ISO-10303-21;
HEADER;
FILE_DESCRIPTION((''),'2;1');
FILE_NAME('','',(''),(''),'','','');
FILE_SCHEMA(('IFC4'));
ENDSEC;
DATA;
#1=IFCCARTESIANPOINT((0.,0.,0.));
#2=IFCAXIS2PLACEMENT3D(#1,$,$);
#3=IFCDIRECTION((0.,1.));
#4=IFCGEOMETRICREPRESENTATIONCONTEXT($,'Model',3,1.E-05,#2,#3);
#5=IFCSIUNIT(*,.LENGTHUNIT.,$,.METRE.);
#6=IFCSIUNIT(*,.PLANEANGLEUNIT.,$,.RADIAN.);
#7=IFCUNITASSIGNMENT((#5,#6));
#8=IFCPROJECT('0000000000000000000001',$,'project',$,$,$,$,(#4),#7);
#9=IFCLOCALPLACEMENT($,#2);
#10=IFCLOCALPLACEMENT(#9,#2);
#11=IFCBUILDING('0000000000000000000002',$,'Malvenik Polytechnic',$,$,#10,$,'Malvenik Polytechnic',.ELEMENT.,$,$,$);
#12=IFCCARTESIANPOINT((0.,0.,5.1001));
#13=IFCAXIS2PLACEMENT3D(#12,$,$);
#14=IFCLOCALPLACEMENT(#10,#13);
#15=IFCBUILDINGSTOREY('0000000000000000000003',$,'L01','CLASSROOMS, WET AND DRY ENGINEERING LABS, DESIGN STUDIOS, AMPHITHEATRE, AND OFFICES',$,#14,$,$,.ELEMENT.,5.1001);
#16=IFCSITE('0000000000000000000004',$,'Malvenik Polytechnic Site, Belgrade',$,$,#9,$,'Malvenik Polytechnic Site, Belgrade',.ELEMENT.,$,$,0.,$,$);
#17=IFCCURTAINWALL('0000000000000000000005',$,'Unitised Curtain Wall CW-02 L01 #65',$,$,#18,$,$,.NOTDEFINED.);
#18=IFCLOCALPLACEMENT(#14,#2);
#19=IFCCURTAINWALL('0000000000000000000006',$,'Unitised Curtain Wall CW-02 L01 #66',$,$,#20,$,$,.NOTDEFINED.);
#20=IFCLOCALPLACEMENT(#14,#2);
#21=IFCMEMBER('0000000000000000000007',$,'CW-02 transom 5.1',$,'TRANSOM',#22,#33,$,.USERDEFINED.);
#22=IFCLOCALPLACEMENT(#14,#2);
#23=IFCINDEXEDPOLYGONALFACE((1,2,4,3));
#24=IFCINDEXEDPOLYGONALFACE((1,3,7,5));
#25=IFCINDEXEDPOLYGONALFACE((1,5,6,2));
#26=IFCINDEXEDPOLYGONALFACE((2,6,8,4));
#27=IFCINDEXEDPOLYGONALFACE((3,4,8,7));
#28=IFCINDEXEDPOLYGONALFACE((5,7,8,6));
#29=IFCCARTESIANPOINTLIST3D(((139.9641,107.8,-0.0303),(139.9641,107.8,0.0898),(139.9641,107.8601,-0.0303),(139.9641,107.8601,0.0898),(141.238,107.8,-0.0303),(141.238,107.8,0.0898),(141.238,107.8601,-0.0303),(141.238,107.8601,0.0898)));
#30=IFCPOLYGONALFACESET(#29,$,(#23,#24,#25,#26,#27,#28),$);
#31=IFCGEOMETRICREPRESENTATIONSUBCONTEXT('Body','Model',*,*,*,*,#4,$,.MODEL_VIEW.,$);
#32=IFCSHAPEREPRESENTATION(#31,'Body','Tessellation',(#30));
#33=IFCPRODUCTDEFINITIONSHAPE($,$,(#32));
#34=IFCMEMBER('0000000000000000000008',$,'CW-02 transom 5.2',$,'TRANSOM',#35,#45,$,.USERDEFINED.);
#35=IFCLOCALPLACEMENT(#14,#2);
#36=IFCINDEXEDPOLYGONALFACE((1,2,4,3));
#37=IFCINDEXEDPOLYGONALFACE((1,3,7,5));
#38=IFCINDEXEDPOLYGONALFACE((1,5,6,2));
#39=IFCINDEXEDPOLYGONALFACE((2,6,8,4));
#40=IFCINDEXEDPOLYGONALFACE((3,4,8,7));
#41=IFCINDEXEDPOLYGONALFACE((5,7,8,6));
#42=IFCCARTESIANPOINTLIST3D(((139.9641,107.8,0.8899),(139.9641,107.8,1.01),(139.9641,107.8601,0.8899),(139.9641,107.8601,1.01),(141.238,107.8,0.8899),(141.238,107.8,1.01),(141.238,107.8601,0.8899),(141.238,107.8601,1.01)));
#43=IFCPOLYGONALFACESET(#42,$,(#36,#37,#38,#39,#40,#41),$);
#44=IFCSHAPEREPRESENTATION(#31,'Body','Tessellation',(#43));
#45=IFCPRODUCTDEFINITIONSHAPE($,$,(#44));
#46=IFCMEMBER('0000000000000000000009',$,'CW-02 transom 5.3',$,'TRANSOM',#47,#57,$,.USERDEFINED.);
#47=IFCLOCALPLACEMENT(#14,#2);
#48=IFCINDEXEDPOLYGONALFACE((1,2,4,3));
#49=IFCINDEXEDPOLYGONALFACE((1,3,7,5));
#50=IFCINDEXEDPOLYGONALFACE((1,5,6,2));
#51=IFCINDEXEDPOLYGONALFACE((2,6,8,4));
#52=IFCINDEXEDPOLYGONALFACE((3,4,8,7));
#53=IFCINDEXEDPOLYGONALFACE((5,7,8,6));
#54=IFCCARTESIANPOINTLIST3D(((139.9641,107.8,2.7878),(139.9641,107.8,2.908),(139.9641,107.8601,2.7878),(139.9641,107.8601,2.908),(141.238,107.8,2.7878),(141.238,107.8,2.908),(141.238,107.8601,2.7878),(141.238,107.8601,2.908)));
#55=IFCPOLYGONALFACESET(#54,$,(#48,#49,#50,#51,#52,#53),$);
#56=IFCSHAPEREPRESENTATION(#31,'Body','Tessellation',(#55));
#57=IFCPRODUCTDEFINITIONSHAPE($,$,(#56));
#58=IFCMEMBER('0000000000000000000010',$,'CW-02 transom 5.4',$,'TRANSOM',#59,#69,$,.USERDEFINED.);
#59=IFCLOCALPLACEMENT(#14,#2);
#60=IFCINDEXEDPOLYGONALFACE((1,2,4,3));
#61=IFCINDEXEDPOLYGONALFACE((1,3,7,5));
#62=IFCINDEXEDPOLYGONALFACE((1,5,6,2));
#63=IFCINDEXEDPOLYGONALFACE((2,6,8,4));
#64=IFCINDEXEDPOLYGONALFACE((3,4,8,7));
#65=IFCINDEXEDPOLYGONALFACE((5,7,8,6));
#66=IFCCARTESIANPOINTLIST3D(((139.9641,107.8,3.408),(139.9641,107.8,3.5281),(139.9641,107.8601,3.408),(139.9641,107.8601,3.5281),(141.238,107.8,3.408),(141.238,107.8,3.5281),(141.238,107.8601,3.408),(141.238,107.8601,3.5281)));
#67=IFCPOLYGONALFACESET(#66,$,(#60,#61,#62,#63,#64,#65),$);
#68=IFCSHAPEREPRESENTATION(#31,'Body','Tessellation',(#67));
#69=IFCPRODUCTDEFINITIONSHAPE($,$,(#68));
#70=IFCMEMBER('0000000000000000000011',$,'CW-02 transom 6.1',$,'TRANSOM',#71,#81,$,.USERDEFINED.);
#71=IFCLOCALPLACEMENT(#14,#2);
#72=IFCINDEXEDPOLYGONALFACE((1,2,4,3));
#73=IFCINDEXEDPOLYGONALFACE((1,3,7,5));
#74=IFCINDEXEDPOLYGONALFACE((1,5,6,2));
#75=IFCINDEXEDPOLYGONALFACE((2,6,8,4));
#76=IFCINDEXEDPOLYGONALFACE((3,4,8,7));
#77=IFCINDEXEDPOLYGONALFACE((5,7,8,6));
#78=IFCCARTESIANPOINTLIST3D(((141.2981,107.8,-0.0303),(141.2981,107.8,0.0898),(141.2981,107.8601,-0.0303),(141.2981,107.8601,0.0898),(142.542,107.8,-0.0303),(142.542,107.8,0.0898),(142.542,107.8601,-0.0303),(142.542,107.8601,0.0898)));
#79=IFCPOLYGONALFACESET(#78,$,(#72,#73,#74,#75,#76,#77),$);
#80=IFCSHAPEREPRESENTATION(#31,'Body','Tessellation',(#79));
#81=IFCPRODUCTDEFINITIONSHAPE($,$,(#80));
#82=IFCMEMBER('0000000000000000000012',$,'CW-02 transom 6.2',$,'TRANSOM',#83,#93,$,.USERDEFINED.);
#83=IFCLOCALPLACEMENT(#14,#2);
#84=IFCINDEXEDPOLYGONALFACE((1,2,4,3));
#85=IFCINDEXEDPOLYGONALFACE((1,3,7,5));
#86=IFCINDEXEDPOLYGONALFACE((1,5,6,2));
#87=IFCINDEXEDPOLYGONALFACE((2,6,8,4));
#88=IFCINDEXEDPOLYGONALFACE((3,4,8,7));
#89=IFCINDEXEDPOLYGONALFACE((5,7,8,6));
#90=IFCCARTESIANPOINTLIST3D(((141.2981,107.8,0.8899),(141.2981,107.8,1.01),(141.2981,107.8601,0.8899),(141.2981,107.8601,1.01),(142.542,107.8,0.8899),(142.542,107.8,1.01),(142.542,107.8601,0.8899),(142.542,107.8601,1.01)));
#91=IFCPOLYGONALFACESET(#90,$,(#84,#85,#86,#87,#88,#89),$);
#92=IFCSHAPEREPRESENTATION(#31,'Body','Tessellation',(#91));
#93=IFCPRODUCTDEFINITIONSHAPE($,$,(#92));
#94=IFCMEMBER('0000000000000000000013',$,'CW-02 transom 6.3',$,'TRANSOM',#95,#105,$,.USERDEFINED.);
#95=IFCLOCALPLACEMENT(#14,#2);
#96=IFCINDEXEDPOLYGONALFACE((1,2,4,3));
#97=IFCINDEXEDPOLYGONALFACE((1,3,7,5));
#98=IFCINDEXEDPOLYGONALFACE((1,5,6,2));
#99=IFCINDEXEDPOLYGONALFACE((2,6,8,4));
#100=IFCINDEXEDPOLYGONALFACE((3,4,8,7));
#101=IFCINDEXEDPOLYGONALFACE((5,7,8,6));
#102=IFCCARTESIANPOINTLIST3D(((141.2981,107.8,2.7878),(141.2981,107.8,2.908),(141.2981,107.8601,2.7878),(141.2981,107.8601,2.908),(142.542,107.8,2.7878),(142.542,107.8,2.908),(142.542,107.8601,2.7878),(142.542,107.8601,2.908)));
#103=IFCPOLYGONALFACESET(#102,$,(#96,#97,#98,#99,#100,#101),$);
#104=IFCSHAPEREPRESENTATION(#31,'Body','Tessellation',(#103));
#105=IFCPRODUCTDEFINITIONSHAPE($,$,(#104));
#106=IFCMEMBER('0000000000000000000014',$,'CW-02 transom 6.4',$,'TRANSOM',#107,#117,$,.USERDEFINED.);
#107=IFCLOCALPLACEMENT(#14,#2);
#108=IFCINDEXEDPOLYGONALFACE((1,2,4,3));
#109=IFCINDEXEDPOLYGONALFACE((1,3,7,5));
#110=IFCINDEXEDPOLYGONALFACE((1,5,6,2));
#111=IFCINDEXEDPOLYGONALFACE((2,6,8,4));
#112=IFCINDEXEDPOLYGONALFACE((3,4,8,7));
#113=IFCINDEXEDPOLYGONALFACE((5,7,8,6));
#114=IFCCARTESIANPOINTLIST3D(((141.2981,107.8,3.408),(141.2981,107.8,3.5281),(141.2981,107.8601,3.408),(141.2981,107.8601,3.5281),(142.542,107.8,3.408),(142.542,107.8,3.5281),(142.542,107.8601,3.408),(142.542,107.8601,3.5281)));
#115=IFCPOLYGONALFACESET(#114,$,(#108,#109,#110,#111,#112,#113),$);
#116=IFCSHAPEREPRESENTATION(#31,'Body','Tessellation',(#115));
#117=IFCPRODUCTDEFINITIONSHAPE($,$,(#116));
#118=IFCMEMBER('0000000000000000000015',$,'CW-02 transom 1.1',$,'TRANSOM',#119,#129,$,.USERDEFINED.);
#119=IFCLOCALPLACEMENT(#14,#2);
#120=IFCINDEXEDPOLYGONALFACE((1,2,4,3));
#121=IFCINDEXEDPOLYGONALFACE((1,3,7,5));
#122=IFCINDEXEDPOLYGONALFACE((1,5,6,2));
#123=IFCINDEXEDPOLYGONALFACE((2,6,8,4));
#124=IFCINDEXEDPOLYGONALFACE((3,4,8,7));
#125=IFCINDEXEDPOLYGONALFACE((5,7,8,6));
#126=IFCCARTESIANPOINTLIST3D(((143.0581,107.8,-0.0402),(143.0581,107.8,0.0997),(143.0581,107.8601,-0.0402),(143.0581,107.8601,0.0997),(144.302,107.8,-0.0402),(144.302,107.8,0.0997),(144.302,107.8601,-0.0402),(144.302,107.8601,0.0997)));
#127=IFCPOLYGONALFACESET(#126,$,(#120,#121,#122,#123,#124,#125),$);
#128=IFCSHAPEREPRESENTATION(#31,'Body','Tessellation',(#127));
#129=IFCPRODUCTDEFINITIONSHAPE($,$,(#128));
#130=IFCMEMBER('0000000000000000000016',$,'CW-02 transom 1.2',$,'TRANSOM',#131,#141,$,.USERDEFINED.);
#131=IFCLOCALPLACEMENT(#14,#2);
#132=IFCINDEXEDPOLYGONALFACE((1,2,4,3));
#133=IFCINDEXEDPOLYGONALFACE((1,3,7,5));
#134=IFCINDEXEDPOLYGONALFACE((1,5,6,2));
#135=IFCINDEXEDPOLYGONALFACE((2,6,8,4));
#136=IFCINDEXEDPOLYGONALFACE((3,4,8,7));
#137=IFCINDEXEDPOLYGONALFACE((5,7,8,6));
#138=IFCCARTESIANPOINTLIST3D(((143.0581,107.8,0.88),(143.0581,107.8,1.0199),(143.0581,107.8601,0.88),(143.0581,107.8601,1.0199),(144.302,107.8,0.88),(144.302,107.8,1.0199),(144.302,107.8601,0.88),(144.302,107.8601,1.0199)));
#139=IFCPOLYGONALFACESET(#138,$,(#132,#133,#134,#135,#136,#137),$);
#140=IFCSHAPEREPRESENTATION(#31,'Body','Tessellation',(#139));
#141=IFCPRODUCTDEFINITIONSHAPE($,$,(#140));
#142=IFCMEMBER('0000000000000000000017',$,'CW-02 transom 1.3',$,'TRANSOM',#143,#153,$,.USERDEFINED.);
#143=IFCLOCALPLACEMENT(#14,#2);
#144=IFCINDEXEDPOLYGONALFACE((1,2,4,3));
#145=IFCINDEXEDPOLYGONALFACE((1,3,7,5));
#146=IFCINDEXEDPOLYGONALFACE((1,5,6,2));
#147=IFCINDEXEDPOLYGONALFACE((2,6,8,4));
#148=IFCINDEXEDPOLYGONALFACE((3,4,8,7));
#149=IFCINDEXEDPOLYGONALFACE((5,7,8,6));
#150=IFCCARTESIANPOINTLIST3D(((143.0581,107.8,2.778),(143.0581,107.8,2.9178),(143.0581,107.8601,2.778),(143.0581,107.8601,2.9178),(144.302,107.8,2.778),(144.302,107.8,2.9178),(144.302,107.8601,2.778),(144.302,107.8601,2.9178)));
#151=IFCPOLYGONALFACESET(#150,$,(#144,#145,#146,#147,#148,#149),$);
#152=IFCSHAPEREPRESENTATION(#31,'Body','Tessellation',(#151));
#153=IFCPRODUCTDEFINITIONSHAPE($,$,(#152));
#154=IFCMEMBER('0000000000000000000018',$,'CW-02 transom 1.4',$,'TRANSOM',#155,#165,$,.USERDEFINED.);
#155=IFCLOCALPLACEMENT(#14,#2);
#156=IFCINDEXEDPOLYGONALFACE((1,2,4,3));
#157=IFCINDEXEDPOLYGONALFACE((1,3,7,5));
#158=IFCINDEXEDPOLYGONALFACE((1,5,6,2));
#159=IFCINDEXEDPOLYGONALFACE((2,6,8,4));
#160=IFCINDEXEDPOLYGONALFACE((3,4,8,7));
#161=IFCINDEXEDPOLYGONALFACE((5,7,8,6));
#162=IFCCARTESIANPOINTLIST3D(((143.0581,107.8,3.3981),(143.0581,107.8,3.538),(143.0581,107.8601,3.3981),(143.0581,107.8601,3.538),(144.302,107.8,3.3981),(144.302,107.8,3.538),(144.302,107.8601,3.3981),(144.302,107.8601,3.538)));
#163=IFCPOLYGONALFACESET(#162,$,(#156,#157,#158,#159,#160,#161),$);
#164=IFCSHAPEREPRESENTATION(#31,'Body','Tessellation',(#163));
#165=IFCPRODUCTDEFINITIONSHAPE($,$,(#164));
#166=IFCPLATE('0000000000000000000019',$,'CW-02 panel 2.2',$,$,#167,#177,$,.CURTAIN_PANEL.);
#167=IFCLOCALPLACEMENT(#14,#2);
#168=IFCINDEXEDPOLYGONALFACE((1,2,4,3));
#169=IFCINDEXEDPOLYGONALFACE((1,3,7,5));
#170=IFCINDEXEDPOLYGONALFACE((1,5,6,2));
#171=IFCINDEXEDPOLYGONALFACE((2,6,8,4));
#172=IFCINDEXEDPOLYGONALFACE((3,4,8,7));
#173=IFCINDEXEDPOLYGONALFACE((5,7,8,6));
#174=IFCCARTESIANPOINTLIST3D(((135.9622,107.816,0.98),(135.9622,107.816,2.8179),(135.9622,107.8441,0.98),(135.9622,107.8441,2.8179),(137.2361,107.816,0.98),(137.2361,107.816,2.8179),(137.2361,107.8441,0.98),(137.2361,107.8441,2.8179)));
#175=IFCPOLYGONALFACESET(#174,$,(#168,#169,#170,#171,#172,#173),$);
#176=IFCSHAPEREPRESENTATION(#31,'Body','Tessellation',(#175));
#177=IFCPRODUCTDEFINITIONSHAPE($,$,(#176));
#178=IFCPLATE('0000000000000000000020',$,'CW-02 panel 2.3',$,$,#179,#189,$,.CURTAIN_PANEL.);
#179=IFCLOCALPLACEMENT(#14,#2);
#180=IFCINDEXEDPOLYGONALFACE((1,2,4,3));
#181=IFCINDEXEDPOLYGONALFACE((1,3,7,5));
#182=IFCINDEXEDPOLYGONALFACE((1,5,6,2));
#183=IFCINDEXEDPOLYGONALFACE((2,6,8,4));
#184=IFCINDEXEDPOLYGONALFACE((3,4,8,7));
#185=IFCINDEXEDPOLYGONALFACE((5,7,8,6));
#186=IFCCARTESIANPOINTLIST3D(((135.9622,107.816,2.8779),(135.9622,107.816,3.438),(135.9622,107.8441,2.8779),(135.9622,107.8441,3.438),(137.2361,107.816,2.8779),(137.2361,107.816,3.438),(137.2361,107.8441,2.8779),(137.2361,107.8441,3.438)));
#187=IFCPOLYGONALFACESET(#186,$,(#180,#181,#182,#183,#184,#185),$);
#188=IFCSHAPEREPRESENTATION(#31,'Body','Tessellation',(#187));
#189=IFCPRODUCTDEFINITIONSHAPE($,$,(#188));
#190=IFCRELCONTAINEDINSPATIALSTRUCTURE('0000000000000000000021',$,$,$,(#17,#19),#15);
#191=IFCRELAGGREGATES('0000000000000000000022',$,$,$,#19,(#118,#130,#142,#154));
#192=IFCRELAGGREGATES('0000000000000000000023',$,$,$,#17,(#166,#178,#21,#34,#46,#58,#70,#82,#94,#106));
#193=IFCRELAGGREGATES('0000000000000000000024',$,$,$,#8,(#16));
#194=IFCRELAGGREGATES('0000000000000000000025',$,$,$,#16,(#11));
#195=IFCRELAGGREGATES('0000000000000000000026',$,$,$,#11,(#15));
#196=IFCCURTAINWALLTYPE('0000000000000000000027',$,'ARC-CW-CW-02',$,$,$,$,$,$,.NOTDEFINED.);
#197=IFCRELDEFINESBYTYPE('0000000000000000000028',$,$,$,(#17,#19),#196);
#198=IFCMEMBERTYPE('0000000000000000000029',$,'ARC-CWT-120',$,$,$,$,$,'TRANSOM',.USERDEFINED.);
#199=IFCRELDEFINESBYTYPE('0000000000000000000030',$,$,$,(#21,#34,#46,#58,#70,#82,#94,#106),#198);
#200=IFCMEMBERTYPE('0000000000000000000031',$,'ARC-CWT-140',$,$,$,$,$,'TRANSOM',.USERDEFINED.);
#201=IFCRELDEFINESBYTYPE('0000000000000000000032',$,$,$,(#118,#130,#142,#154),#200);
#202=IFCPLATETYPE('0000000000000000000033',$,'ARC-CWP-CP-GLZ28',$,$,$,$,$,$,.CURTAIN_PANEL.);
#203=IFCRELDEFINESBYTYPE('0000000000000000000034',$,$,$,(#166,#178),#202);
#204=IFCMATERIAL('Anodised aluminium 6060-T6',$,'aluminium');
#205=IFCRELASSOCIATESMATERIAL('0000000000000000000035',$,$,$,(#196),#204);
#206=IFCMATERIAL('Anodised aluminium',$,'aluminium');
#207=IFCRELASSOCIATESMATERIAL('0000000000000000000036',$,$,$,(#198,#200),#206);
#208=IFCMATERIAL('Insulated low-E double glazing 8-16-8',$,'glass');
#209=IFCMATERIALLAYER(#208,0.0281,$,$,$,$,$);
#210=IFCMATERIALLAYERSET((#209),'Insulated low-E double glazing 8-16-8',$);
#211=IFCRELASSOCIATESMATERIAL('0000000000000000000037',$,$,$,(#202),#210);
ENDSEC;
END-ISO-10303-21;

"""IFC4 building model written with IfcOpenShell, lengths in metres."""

from ifc_helpers import new_model, si_unit, direction, frame, origin, origin_2d, place, context, subcontext, project, spatial, rectangle, extrude, material, layer, layer_set, material_profile, profile_set, type_object, element, aggregate, save


model = new_model("IFC4")

# Units and contexts
model_context = context("Model", 3, precision=1e-05, world=origin(), true_north=direction((0.0, 1.0)))
body_context = subcontext(model_context, "Body", "Model", "MODEL_VIEW")
ifc_project = project(units=[si_unit("LENGTHUNIT", "METRE"), si_unit("PLANEANGLEUNIT", "RADIAN")], contexts=[model_context])

# Site, building, storey
site_placement = place(None, origin())
site = spatial("IfcSite", under=ifc_project, at=site_placement, Name="Malvenik Polytechnic Site, Belgrade", LongName="Malvenik Polytechnic Site, Belgrade", CompositionType="ELEMENT", RefElevation=0.0)
building_placement = place(site_placement, origin())
building = spatial("IfcBuilding", under=site, at=building_placement, Name="Malvenik Polytechnic", LongName="Malvenik Polytechnic", CompositionType="ELEMENT")
storey_placement = place(building_placement, frame((0.0, 0.0, 5.1001)))
storey = spatial("IfcBuildingStorey", under=building, at=storey_placement, Name="L01", Description="CLASSROOMS, WET AND DRY ENGINEERING LABS, DESIGN STUDIOS, AMPHITHEATRE, AND OFFICES", CompositionType="ELEMENT", Elevation=5.1001)

# Curtain wall
ifc_material_1 = material(Name="Anodised aluminium 6060-T6", Category="aluminium")
curtain_wall_type = type_object("IfcCurtainWallType", Name="ARC-CW-CW-02", PredefinedType="NOTDEFINED", material=ifc_material_1)
curtain_wall_1_placement = place(storey_placement, origin())
curtain_wall_1 = element("IfcCurtainWall", 1, at=curtain_wall_1_placement, inside=storey, type_object=curtain_wall_type, Name="Unitised Curtain Wall CW-02 L01 #65", PredefinedType="NOTDEFINED")
ifc_material_2 = material(Name="Anodised aluminium", Category="aluminium")

# Curtain wall
curtain_wall_2_placement = place(storey_placement, origin())
curtain_wall_2 = element("IfcCurtainWall", 2, at=curtain_wall_2_placement, inside=storey, type_object=curtain_wall_type, Name="Unitised Curtain Wall CW-02 L01 #66", PredefinedType="NOTDEFINED")

# Members
ifc_material_profile_1 = material_profile(ifc_material_2, rectangle(XDim=0.0601, YDim=0.1201, at=origin_2d()), Name="ALU TRANSOM 60x120")
ifc_profile_set_1 = profile_set([ifc_material_profile_1], Name="Anodised aluminium")
member_type_1 = type_object("IfcMemberType", Name="ARC-CWT-120", ElementType="TRANSOM", PredefinedType="USERDEFINED", material=ifc_profile_set_1)
member_1_placement = place(storey_placement, frame((139.9641, 107.8301, 0.0298), z_axis=(1.0, 0.0, 0.0), x_axis=(0.0, 1.0, 0.0)))
member_1 = element("IfcMember", 3, at=member_1_placement, type_object=member_type_1, Name="CW-02 transom 5.1", ObjectType="TRANSOM", PredefinedType="USERDEFINED", context=body_context, shape_type="SweptSolid", body=[
    extrude(rectangle(XDim=0.0601, YDim=0.1201, at=origin_2d()), origin(), (0.0, 0.0, 1.0), 1.2739),
])
member_2_placement = place(storey_placement, frame((139.9641, 107.8301, 0.95), z_axis=(1.0, 0.0, 0.0), x_axis=(0.0, 1.0, 0.0)))
member_2 = element("IfcMember", 4, at=member_2_placement, type_object=member_type_1, Name="CW-02 transom 5.2", ObjectType="TRANSOM", PredefinedType="USERDEFINED", context=body_context, shape_type="SweptSolid", body=[
    extrude(rectangle(XDim=0.0601, YDim=0.1201, at=origin_2d()), origin(), (0.0, 0.0, 1.0), 1.2739),
])
member_3_placement = place(storey_placement, frame((139.9641, 107.8301, 2.8479), z_axis=(1.0, 0.0, 0.0), x_axis=(0.0, 1.0, 0.0)))
member_3 = element("IfcMember", 5, at=member_3_placement, type_object=member_type_1, Name="CW-02 transom 5.3", ObjectType="TRANSOM", PredefinedType="USERDEFINED", context=body_context, shape_type="SweptSolid", body=[
    extrude(rectangle(XDim=0.0601, YDim=0.1201, at=origin_2d()), origin(), (0.0, 0.0, 1.0), 1.2739),
])
member_4_placement = place(storey_placement, frame((139.9641, 107.8301, 3.468), z_axis=(1.0, 0.0, 0.0), x_axis=(0.0, 1.0, 0.0)))
member_4 = element("IfcMember", 6, at=member_4_placement, type_object=member_type_1, Name="CW-02 transom 5.4", ObjectType="TRANSOM", PredefinedType="USERDEFINED", context=body_context, shape_type="SweptSolid", body=[
    extrude(rectangle(XDim=0.0601, YDim=0.1201, at=origin_2d()), origin(), (0.0, 0.0, 1.0), 1.2739),
])
member_5_placement = place(storey_placement, frame((141.2981, 107.8301, 0.0298), z_axis=(1.0, 0.0, 0.0), x_axis=(0.0, 1.0, 0.0)))
member_5 = element("IfcMember", 7, at=member_5_placement, type_object=member_type_1, Name="CW-02 transom 6.1", ObjectType="TRANSOM", PredefinedType="USERDEFINED", context=body_context, shape_type="SweptSolid", body=[
    extrude(rectangle(XDim=0.0601, YDim=0.1201, at=origin_2d()), origin(), (0.0, 0.0, 1.0), 1.2439),
])
member_6_placement = place(storey_placement, frame((141.2981, 107.8301, 0.95), z_axis=(1.0, 0.0, 0.0), x_axis=(0.0, 1.0, 0.0)))
member_6 = element("IfcMember", 8, at=member_6_placement, type_object=member_type_1, Name="CW-02 transom 6.2", ObjectType="TRANSOM", PredefinedType="USERDEFINED", context=body_context, shape_type="SweptSolid", body=[
    extrude(rectangle(XDim=0.0601, YDim=0.1201, at=origin_2d()), origin(), (0.0, 0.0, 1.0), 1.2439),
])
member_7_placement = place(storey_placement, frame((141.2981, 107.8301, 2.8479), z_axis=(1.0, 0.0, 0.0), x_axis=(0.0, 1.0, 0.0)))
member_7 = element("IfcMember", 9, at=member_7_placement, type_object=member_type_1, Name="CW-02 transom 6.3", ObjectType="TRANSOM", PredefinedType="USERDEFINED", context=body_context, shape_type="SweptSolid", body=[
    extrude(rectangle(XDim=0.0601, YDim=0.1201, at=origin_2d()), origin(), (0.0, 0.0, 1.0), 1.2439),
])
member_8_placement = place(storey_placement, frame((141.2981, 107.8301, 3.468), z_axis=(1.0, 0.0, 0.0), x_axis=(0.0, 1.0, 0.0)))
member_8 = element("IfcMember", 10, at=member_8_placement, type_object=member_type_1, Name="CW-02 transom 6.4", ObjectType="TRANSOM", PredefinedType="USERDEFINED", context=body_context, shape_type="SweptSolid", body=[
    extrude(rectangle(XDim=0.0601, YDim=0.1201, at=origin_2d()), origin(), (0.0, 0.0, 1.0), 1.2439),
])
ifc_material_profile_2 = material_profile(ifc_material_2, rectangle(XDim=0.0601, YDim=0.1399, at=origin_2d()), Name="ALU TRANSOM 60x140")
ifc_profile_set_2 = profile_set([ifc_material_profile_2], Name="Anodised aluminium")
member_type_2 = type_object("IfcMemberType", Name="ARC-CWT-140", ElementType="TRANSOM", PredefinedType="USERDEFINED", material=ifc_profile_set_2)
member_9_placement = place(storey_placement, frame((143.0581, 107.8301, 0.0298), z_axis=(1.0, 0.0, 0.0), x_axis=(0.0, 1.0, 0.0)))
member_9 = element("IfcMember", 11, at=member_9_placement, type_object=member_type_2, Name="CW-02 transom 1.1", ObjectType="TRANSOM", PredefinedType="USERDEFINED", context=body_context, shape_type="SweptSolid", body=[
    extrude(rectangle(XDim=0.0601, YDim=0.1399, at=origin_2d()), origin(), (0.0, 0.0, 1.0), 1.2439),
])
member_10_placement = place(storey_placement, frame((143.0581, 107.8301, 0.95), z_axis=(1.0, 0.0, 0.0), x_axis=(0.0, 1.0, 0.0)))
member_10 = element("IfcMember", 12, at=member_10_placement, type_object=member_type_2, Name="CW-02 transom 1.2", ObjectType="TRANSOM", PredefinedType="USERDEFINED", context=body_context, shape_type="SweptSolid", body=[
    extrude(rectangle(XDim=0.0601, YDim=0.1399, at=origin_2d()), origin(), (0.0, 0.0, 1.0), 1.2439),
])
member_11_placement = place(storey_placement, frame((143.0581, 107.8301, 2.8479), z_axis=(1.0, 0.0, 0.0), x_axis=(0.0, 1.0, 0.0)))
member_11 = element("IfcMember", 13, at=member_11_placement, type_object=member_type_2, Name="CW-02 transom 1.3", ObjectType="TRANSOM", PredefinedType="USERDEFINED", context=body_context, shape_type="SweptSolid", body=[
    extrude(rectangle(XDim=0.0601, YDim=0.1399, at=origin_2d()), origin(), (0.0, 0.0, 1.0), 1.2439),
])
member_12_placement = place(storey_placement, frame((143.0581, 107.8301, 3.468), z_axis=(1.0, 0.0, 0.0), x_axis=(0.0, 1.0, 0.0)))
member_12 = element("IfcMember", 14, at=member_12_placement, type_object=member_type_2, Name="CW-02 transom 1.4", ObjectType="TRANSOM", PredefinedType="USERDEFINED", context=body_context, shape_type="SweptSolid", body=[
    extrude(rectangle(XDim=0.0601, YDim=0.1399, at=origin_2d()), origin(), (0.0, 0.0, 1.0), 1.2439),
])
aggregate(curtain_wall_2, [member_9, member_10, member_11, member_12])

# Plates
ifc_material_3 = material(Name="Insulated low-E double glazing 8-16-8", Category="glass")
ifc_layer_1 = layer(ifc_material_3, 0.0281)
ifc_layer_set_1 = layer_set([ifc_layer_1], Name="Insulated low-E double glazing 8-16-8")
plate_type_1 = type_object("IfcPlateType", Name="ARC-CWP-CP-GLZ28", PredefinedType="CURTAIN_PANEL", material=ifc_layer_set_1)
plate_1_placement = place(storey_placement, frame((136.5991, 107.8301, 0.98), z_axis=(0.0, 0.0, 1.0), x_axis=(1.0, 0.0, 0.0)))
plate_1 = element("IfcPlate", 15, at=plate_1_placement, type_object=plate_type_1, Name="CW-02 panel 2.2", PredefinedType="CURTAIN_PANEL", context=body_context, shape_type="SweptSolid", body=[
    extrude(rectangle(XDim=1.2739, YDim=0.0281, at=origin_2d()), origin(), (0.0, 0.0, 1.0), 1.8379),
])
plate_2_placement = place(storey_placement, frame((136.5991, 107.8301, 2.8779), z_axis=(0.0, 0.0, 1.0), x_axis=(1.0, 0.0, 0.0)))
plate_2 = element("IfcPlate", 16, at=plate_2_placement, type_object=plate_type_1, Name="CW-02 panel 2.3", PredefinedType="CURTAIN_PANEL", context=body_context, shape_type="SweptSolid", body=[
    extrude(rectangle(XDim=1.2739, YDim=0.0281, at=origin_2d()), origin(), (0.0, 0.0, 1.0), 0.5601),
])
aggregate(curtain_wall_1, [plate_1, plate_2, member_1, member_2, member_3, member_4, member_5, member_6, member_7, member_8])

save(model, "model.ifc")
